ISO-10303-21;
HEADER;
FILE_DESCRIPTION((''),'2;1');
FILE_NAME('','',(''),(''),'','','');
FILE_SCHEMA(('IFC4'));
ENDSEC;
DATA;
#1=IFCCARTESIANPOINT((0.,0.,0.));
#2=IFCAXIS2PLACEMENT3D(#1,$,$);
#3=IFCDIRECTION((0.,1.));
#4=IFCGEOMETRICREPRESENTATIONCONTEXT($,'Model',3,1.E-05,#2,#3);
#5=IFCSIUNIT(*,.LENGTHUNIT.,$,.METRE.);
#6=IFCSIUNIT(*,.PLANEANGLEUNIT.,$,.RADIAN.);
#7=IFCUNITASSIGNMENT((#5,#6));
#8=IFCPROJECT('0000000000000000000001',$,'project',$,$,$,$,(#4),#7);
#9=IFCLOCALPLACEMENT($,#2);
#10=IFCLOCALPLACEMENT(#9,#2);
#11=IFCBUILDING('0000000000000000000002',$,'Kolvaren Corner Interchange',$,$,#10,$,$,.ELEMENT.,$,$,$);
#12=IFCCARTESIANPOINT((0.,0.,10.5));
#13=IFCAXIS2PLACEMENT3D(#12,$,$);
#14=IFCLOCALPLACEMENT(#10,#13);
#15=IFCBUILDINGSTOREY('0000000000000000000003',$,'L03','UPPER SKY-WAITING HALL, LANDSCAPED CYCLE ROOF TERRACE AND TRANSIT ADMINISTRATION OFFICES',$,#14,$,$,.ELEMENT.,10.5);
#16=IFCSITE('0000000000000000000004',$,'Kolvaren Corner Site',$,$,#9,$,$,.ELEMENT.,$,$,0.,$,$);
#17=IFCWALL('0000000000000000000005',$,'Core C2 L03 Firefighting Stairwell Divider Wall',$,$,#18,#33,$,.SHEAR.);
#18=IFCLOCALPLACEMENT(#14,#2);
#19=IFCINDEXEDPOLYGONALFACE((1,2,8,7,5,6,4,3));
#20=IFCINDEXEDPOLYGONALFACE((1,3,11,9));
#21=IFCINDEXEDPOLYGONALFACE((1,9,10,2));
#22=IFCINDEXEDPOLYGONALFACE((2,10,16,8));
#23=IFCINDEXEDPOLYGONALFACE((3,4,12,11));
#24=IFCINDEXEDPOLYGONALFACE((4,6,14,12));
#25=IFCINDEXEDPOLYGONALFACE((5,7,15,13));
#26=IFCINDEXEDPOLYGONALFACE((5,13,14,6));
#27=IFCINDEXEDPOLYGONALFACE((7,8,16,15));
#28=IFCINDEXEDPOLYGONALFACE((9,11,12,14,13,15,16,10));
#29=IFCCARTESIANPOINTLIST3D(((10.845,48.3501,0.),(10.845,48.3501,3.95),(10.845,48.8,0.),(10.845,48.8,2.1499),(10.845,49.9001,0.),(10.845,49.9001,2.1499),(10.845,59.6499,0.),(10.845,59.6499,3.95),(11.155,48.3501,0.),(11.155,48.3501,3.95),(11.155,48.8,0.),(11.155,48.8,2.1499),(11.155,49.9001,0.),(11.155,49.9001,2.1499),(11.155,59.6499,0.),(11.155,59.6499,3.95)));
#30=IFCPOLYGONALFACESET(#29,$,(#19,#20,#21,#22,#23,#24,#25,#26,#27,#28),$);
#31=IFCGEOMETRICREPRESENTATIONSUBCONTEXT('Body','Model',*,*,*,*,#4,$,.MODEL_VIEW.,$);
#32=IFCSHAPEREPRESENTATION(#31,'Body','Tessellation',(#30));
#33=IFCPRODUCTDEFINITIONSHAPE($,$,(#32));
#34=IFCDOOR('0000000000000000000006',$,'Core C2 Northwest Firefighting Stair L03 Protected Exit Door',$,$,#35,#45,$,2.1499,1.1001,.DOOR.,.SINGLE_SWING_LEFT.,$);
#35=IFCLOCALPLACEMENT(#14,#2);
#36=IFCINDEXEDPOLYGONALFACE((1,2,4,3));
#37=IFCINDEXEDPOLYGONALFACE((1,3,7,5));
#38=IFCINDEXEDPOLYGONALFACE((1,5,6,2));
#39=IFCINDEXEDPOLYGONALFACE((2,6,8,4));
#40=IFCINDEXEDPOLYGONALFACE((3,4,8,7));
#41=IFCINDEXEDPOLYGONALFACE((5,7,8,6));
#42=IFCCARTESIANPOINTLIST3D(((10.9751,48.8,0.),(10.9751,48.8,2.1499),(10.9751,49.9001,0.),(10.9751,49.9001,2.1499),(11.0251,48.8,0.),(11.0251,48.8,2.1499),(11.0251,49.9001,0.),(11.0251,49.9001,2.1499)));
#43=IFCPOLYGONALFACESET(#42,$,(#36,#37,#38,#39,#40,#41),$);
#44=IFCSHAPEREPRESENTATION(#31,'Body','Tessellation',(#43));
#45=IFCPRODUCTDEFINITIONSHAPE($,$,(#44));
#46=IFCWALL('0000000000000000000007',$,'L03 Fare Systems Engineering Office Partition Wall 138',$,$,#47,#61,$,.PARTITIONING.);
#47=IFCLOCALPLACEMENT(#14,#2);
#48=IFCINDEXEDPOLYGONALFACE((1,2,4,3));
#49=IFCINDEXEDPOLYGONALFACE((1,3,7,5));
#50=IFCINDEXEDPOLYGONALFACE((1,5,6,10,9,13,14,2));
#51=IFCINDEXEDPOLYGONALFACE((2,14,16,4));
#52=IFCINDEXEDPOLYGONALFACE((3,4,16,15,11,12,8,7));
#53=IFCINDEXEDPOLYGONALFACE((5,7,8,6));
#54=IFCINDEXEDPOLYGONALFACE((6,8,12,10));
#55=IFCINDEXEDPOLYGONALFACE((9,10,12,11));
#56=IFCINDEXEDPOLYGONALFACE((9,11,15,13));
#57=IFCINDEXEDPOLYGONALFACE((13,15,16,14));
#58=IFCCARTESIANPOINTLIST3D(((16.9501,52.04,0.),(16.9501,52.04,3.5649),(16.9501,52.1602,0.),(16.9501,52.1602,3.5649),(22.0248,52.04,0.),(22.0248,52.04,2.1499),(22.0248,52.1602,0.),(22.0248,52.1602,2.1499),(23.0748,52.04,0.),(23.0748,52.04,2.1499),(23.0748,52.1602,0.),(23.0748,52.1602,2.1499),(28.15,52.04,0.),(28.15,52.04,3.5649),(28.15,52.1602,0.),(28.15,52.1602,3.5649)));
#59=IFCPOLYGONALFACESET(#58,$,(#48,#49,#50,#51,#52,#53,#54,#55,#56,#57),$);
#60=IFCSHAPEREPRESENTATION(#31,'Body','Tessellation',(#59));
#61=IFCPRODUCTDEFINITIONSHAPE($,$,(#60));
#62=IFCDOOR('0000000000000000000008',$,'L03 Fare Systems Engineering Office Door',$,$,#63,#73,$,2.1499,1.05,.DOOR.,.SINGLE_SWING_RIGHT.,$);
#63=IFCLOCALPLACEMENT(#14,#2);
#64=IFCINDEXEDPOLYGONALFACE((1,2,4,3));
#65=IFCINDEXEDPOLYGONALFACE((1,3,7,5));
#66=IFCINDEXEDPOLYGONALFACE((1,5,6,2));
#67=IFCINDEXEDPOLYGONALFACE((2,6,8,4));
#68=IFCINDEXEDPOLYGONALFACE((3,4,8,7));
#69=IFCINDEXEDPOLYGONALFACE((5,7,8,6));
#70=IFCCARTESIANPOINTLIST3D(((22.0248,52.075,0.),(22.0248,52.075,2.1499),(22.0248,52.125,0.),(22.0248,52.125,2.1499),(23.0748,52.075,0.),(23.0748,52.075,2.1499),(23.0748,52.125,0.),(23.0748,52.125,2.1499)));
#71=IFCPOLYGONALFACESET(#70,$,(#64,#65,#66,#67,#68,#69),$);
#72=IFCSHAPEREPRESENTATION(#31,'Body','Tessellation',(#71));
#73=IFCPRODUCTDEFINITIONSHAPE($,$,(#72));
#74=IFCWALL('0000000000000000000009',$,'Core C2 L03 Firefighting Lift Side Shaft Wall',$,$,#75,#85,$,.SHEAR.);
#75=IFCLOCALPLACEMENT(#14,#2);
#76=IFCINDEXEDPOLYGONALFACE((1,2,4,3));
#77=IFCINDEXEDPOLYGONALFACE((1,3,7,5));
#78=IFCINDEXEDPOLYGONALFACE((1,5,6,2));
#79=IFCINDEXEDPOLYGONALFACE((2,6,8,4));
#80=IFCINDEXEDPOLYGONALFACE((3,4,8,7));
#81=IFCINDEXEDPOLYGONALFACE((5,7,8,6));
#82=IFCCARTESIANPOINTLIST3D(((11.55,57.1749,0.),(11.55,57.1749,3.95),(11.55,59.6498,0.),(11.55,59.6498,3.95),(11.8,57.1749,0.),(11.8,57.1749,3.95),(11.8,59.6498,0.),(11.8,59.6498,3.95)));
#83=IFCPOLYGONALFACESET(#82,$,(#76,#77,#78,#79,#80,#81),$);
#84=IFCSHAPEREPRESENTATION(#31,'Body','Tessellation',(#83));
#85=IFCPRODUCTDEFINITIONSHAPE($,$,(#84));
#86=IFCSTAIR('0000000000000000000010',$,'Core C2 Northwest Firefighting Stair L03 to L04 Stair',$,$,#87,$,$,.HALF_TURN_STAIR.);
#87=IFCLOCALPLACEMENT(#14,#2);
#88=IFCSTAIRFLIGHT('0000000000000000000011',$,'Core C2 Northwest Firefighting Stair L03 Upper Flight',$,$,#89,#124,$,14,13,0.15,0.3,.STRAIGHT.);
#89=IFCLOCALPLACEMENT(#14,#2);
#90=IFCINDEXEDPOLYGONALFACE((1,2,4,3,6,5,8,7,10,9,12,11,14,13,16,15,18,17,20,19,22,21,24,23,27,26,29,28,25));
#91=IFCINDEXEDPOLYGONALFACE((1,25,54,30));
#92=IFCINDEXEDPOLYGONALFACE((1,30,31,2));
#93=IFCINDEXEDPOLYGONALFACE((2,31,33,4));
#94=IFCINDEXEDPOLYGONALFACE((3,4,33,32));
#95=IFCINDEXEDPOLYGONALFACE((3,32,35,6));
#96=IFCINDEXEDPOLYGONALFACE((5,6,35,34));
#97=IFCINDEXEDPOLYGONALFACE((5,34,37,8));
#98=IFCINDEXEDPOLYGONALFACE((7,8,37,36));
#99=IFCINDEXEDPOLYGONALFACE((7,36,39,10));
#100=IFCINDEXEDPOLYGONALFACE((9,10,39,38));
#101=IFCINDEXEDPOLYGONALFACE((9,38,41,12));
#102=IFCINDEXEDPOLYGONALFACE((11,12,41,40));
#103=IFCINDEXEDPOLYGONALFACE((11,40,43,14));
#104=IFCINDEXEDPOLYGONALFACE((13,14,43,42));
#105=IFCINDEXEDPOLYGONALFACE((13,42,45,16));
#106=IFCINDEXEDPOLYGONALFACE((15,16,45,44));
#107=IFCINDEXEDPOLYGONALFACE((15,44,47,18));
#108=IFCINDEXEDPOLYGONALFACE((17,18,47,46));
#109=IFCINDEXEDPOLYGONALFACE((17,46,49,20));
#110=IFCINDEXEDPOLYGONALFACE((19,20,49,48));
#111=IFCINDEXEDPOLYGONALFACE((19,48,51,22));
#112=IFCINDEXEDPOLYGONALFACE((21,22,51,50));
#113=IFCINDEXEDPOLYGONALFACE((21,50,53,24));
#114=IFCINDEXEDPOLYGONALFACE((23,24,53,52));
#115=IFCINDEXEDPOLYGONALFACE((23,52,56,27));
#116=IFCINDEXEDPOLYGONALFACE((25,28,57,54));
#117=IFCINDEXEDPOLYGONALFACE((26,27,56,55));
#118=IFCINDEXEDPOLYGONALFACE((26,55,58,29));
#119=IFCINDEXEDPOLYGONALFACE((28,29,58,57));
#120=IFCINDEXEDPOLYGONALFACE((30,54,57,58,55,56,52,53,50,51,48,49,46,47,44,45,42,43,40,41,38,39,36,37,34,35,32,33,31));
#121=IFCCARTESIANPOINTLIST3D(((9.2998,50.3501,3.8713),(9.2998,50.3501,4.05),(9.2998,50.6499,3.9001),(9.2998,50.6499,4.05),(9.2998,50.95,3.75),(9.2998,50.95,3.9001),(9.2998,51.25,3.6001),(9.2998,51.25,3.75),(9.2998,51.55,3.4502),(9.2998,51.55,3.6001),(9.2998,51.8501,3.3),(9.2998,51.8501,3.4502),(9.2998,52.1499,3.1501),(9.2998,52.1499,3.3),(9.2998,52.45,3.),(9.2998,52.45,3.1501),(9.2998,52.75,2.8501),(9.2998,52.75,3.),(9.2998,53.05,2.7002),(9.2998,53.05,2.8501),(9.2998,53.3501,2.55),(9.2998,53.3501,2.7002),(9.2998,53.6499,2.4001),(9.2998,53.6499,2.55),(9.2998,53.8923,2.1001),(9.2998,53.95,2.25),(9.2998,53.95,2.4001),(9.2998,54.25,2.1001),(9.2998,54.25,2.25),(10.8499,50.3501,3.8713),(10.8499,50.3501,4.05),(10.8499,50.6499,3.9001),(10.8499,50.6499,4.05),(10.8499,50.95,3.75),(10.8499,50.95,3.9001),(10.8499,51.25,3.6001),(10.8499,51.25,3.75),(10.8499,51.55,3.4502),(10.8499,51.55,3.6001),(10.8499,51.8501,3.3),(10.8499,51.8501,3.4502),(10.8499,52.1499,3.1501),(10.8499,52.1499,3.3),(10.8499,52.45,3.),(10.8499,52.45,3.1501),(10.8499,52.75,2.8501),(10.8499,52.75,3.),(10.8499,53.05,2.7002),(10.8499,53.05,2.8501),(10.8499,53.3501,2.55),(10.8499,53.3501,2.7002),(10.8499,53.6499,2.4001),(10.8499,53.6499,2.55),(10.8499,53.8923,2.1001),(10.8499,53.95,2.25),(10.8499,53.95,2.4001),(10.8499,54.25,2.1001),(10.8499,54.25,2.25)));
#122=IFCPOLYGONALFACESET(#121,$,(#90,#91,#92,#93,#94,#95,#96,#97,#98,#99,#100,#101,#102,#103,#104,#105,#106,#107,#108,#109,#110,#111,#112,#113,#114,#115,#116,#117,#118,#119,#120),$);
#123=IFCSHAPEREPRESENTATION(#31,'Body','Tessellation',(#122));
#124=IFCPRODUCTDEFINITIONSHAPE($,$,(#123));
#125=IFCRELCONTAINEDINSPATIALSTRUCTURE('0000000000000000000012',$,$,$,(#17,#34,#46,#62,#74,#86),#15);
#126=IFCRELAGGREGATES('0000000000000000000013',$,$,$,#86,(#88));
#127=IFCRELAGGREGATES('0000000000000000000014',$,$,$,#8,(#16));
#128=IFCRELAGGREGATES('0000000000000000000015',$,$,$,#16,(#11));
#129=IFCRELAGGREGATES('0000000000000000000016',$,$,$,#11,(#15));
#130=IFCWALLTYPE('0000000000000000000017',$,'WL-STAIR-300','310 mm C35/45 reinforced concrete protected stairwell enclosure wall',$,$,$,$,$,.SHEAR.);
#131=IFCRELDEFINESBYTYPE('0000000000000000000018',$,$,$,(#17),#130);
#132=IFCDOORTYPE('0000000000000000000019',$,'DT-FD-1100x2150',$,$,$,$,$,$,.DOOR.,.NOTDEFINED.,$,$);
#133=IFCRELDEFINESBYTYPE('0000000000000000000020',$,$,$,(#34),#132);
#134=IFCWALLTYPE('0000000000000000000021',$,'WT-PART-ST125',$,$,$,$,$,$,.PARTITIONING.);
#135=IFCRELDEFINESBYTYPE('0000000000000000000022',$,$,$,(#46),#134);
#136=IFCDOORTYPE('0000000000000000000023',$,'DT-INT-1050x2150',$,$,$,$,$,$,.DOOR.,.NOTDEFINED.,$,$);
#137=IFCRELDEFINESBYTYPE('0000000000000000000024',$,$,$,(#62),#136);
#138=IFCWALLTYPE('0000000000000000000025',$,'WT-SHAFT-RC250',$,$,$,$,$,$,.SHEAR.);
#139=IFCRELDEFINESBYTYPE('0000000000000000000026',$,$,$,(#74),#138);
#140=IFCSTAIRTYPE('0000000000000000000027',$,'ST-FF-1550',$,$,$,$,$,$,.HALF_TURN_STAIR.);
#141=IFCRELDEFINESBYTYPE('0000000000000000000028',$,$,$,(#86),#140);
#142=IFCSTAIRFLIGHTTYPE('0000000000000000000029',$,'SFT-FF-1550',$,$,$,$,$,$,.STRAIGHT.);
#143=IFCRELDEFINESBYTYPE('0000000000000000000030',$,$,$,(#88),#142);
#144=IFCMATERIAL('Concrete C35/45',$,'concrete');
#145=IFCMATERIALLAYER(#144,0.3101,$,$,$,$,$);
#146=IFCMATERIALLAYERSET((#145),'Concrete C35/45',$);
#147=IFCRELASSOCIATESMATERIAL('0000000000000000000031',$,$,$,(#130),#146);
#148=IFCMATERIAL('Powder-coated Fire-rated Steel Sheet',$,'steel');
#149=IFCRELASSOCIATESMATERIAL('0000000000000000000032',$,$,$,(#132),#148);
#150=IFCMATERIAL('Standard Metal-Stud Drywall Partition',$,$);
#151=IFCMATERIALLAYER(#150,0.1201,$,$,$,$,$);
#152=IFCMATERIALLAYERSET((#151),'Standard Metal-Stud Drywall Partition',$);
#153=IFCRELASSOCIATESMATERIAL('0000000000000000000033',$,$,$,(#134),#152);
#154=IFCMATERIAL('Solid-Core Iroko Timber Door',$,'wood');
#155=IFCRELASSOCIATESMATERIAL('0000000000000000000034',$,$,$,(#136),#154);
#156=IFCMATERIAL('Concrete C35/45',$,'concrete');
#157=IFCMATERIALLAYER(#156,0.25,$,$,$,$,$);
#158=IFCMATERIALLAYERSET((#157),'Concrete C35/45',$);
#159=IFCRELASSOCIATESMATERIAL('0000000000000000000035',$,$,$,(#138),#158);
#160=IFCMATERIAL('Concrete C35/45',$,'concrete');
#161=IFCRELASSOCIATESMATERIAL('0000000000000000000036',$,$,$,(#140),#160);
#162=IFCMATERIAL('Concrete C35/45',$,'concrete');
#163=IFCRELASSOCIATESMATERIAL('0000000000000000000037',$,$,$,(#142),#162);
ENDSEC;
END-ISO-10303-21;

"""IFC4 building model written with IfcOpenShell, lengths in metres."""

from ifc_helpers import new_model, si_unit, direction, frame, frame_2d, origin, place, context, subcontext, project, spatial, polyline, rectangle, outline, extrude, material, layer, layer_set, type_object, element, fill, aggregate, save


model = new_model("IFC4")

# Units and contexts
model_context = context("Model", 3, precision=1e-05, world=origin(), true_north=direction((0.0, 1.0)))
body_context = subcontext(model_context, "Body", "Model", "MODEL_VIEW")
ifc_project = project(units=[si_unit("LENGTHUNIT", "METRE"), si_unit("PLANEANGLEUNIT", "RADIAN")], contexts=[model_context])

# Site, building, storey
site_placement = place(None, origin())
site = spatial("IfcSite", under=ifc_project, at=site_placement, Name="Kolvaren Corner Site", CompositionType="ELEMENT", RefElevation=0.0)
building_placement = place(site_placement, origin())
building = spatial("IfcBuilding", under=site, at=building_placement, Name="Kolvaren Corner Interchange", CompositionType="ELEMENT")
storey_placement = place(building_placement, frame((0.0, 0.0, 10.5)))
storey = spatial("IfcBuildingStorey", under=building, at=storey_placement, Name="L03", Description="UPPER SKY-WAITING HALL, LANDSCAPED CYCLE ROOF TERRACE AND TRANSIT ADMINISTRATION OFFICES", CompositionType="ELEMENT", Elevation=10.5)

# Walls, openings, doors
ifc_material_1 = material(Name="Concrete C35/45", Category="concrete")
ifc_layer_1 = layer(ifc_material_1, 0.3101)
ifc_layer_set_1 = layer_set([ifc_layer_1], Name="Concrete C35/45")
wall_type_1 = type_object("IfcWallType", Name="WL-STAIR-300", Description="310 mm C35/45 reinforced concrete protected stairwell enclosure wall", PredefinedType="SHEAR", material=ifc_layer_set_1)
wall_1_placement = place(storey_placement, frame((11.0, 48.3501, 0.0), z_axis=(0.0, 0.0, 1.0), x_axis=(0.0, 1.0, 0.0)))
wall_1 = element("IfcWall", 1, at=wall_1_placement, inside=storey, type_object=wall_type_1, Name="Core C2 L03 Firefighting Stairwell Divider Wall", PredefinedType="SHEAR", context=body_context, shape_type="SweptSolid", body=[
    extrude(rectangle(XDim=11.2998, YDim=0.3101, at=frame_2d((5.6499, 0.0))), origin(), (0.0, 0.0, 1.0), 3.95),
])
opening_1_placement = place(wall_1_placement, frame((0.45, 0.0, 0.0)))
opening_1 = element("IfcOpeningElement", 2, at=opening_1_placement, cuts=wall_1, PredefinedType="OPENING", context=body_context, shape_type="SweptSolid", body=[
    extrude(rectangle(XDim=1.1001, YDim=2.1499, at=frame_2d((0.55, 1.075))), frame((0.0, 0.165, 0.0), z_axis=(0.0, -1.0, 0.0), x_axis=(1.0, 0.0, 0.0)), (0.0, 0.0, 1.0), 0.3301),
])
ifc_material_2 = material(Name="Powder-coated Fire-rated Steel Sheet", Category="steel")
door_type_1 = type_object("IfcDoorType", Name="DT-FD-1100x2150", OperationType="NOTDEFINED", PredefinedType="DOOR", material=ifc_material_2)
door_1_placement = place(opening_1_placement, origin())
door_1 = element("IfcDoor", 3, at=door_1_placement, inside=storey, type_object=door_type_1, Name="Core C2 Northwest Firefighting Stair L03 Protected Exit Door", OperationType="SINGLE_SWING_LEFT", OverallHeight=2.1499, OverallWidth=1.1001, PredefinedType="DOOR", context=body_context, shape_type="SweptSolid", body=[
    extrude(rectangle(XDim=1.1001, YDim=2.1499, at=frame_2d((0.55, 1.075))), frame((0.0, 0.0249, 0.0), z_axis=(0.0, -1.0, 0.0), x_axis=(1.0, 0.0, 0.0)), (0.0, 0.0, 1.0), 0.05),
])
fill(opening_1, door_1)
ifc_material_3 = material(Name="Standard Metal-Stud Drywall Partition")
ifc_layer_2 = layer(ifc_material_3, 0.1201)
ifc_layer_set_2 = layer_set([ifc_layer_2], Name="Standard Metal-Stud Drywall Partition")
wall_type_2 = type_object("IfcWallType", Name="WT-PART-ST125", PredefinedType="PARTITIONING", material=ifc_layer_set_2)
wall_2_placement = place(storey_placement, frame((16.95, 52.1001, 0.0), z_axis=(0.0, 0.0, 1.0), x_axis=(1.0, 0.0, 0.0)))
wall_2 = element("IfcWall", 4, at=wall_2_placement, inside=storey, type_object=wall_type_2, Name="L03 Fare Systems Engineering Office Partition Wall 138", PredefinedType="PARTITIONING", context=body_context, shape_type="SweptSolid", body=[
    extrude(rectangle(XDim=11.2, YDim=0.1201, at=frame_2d((5.6001, 0.0))), origin(), (0.0, 0.0, 1.0), 3.5649),
])
opening_2_placement = place(wall_2_placement, frame((5.075, 0.0, 0.0)))
opening_2 = element("IfcOpeningElement", 5, at=opening_2_placement, cuts=wall_2, PredefinedType="OPENING", context=body_context, shape_type="SweptSolid", body=[
    extrude(rectangle(XDim=1.05, YDim=2.1499, at=frame_2d((0.5249, 1.075))), frame((0.0, 0.0701, 0.0), z_axis=(0.0, -1.0, 0.0), x_axis=(1.0, 0.0, 0.0)), (0.0, 0.0, 1.0), 0.1401),
])
ifc_material_4 = material(Name="Solid-Core Iroko Timber Door", Category="wood")
door_type_2 = type_object("IfcDoorType", Name="DT-INT-1050x2150", OperationType="NOTDEFINED", PredefinedType="DOOR", material=ifc_material_4)
door_2_placement = place(opening_2_placement, origin())
door_2 = element("IfcDoor", 6, at=door_2_placement, inside=storey, type_object=door_type_2, Name="L03 Fare Systems Engineering Office Door", OperationType="SINGLE_SWING_RIGHT", OverallHeight=2.1499, OverallWidth=1.05, PredefinedType="DOOR", context=body_context, shape_type="SweptSolid", body=[
    extrude(rectangle(XDim=1.05, YDim=2.1499, at=frame_2d((0.5249, 1.075))), frame((0.0, 0.0249, 0.0), z_axis=(0.0, -1.0, 0.0), x_axis=(1.0, 0.0, 0.0)), (0.0, 0.0, 1.0), 0.05),
])
fill(opening_2, door_2)
ifc_material_5 = material(Name="Concrete C35/45", Category="concrete")
ifc_layer_3 = layer(ifc_material_5, 0.25)
ifc_layer_set_3 = layer_set([ifc_layer_3], Name="Concrete C35/45")
wall_type_3 = type_object("IfcWallType", Name="WT-SHAFT-RC250", PredefinedType="SHEAR", material=ifc_layer_set_3)

# Wall
wall_3_placement = place(storey_placement, frame((11.675, 57.175, 0.0), z_axis=(0.0, 0.0, 1.0), x_axis=(0.0, 1.0, 0.0)))
element("IfcWall", 7, at=wall_3_placement, inside=storey, type_object=wall_type_3, Name="Core C2 L03 Firefighting Lift Side Shaft Wall", PredefinedType="SHEAR", context=body_context, shape_type="SweptSolid", body=[
    extrude(rectangle(XDim=2.4749, YDim=0.25, at=frame_2d((1.2373, 0.0))), origin(), (0.0, 0.0, 1.0), 3.95),
])

# Stair, stair flight
ifc_material_6 = material(Name="Concrete C35/45", Category="concrete")
stair_type = type_object("IfcStairType", Name="ST-FF-1550", PredefinedType="HALF_TURN_STAIR", material=ifc_material_6)
stair_placement = place(storey_placement, origin())
stair = element("IfcStair", 8, at=stair_placement, inside=storey, type_object=stair_type, Name="Core C2 Northwest Firefighting Stair L03 to L04 Stair", PredefinedType="HALF_TURN_STAIR")
ifc_material_7 = material(Name="Concrete C35/45", Category="concrete")
stair_flight_type = type_object("IfcStairFlightType", Name="SFT-FF-1550", PredefinedType="STRAIGHT", material=ifc_material_7)
stair_flight_placement = place(storey_placement, frame((10.075, 54.25, 2.1001), z_axis=(0.0, 0.0, 1.0), x_axis=(0.0, -1.0, 0.0)))
stair_flight = element("IfcStairFlight", 9, at=stair_flight_placement, type_object=stair_flight_type, Name="Core C2 Northwest Firefighting Stair L03 Upper Flight", NumberOfRisers=14, NumberOfTreads=13, PredefinedType="STRAIGHT", RiserHeight=0.15, TreadLength=0.3, context=body_context, shape_type="SweptSolid", body=[
    extrude(outline(polyline([(0.0, 0.0), (0.0, 0.1499), (0.3, 0.1499), (0.3, 0.3), (0.6001, 0.3), (0.6001, 0.45), (0.8999, 0.45), (0.8999, 0.6001), (1.2, 0.6001), (1.2, 0.75), (1.5, 0.75), (1.5, 0.8999), (1.8, 0.8999), (1.8, 1.05), (2.1001, 1.05), (2.1001, 1.2), (2.3999, 1.2), (2.3999, 1.3501), (2.7, 1.3501), (2.7, 1.5), (3.0, 1.5), (3.0, 1.6499), (3.3, 1.6499), (3.3, 1.8), (3.6001, 1.8), (3.6001, 1.95), (3.8999, 1.95), (3.8999, 2.1001), (3.8999, 1.7712), (0.3577, 0.0), (0.0, 0.0)])), frame((0.0, 0.7749, 0.0), z_axis=(0.0, -1.0, 0.0), x_axis=(1.0, 0.0, 0.0)), (0.0, 0.0, 1.0), 1.55),
])
aggregate(stair, [stair_flight])

save(model, "model.ifc")
